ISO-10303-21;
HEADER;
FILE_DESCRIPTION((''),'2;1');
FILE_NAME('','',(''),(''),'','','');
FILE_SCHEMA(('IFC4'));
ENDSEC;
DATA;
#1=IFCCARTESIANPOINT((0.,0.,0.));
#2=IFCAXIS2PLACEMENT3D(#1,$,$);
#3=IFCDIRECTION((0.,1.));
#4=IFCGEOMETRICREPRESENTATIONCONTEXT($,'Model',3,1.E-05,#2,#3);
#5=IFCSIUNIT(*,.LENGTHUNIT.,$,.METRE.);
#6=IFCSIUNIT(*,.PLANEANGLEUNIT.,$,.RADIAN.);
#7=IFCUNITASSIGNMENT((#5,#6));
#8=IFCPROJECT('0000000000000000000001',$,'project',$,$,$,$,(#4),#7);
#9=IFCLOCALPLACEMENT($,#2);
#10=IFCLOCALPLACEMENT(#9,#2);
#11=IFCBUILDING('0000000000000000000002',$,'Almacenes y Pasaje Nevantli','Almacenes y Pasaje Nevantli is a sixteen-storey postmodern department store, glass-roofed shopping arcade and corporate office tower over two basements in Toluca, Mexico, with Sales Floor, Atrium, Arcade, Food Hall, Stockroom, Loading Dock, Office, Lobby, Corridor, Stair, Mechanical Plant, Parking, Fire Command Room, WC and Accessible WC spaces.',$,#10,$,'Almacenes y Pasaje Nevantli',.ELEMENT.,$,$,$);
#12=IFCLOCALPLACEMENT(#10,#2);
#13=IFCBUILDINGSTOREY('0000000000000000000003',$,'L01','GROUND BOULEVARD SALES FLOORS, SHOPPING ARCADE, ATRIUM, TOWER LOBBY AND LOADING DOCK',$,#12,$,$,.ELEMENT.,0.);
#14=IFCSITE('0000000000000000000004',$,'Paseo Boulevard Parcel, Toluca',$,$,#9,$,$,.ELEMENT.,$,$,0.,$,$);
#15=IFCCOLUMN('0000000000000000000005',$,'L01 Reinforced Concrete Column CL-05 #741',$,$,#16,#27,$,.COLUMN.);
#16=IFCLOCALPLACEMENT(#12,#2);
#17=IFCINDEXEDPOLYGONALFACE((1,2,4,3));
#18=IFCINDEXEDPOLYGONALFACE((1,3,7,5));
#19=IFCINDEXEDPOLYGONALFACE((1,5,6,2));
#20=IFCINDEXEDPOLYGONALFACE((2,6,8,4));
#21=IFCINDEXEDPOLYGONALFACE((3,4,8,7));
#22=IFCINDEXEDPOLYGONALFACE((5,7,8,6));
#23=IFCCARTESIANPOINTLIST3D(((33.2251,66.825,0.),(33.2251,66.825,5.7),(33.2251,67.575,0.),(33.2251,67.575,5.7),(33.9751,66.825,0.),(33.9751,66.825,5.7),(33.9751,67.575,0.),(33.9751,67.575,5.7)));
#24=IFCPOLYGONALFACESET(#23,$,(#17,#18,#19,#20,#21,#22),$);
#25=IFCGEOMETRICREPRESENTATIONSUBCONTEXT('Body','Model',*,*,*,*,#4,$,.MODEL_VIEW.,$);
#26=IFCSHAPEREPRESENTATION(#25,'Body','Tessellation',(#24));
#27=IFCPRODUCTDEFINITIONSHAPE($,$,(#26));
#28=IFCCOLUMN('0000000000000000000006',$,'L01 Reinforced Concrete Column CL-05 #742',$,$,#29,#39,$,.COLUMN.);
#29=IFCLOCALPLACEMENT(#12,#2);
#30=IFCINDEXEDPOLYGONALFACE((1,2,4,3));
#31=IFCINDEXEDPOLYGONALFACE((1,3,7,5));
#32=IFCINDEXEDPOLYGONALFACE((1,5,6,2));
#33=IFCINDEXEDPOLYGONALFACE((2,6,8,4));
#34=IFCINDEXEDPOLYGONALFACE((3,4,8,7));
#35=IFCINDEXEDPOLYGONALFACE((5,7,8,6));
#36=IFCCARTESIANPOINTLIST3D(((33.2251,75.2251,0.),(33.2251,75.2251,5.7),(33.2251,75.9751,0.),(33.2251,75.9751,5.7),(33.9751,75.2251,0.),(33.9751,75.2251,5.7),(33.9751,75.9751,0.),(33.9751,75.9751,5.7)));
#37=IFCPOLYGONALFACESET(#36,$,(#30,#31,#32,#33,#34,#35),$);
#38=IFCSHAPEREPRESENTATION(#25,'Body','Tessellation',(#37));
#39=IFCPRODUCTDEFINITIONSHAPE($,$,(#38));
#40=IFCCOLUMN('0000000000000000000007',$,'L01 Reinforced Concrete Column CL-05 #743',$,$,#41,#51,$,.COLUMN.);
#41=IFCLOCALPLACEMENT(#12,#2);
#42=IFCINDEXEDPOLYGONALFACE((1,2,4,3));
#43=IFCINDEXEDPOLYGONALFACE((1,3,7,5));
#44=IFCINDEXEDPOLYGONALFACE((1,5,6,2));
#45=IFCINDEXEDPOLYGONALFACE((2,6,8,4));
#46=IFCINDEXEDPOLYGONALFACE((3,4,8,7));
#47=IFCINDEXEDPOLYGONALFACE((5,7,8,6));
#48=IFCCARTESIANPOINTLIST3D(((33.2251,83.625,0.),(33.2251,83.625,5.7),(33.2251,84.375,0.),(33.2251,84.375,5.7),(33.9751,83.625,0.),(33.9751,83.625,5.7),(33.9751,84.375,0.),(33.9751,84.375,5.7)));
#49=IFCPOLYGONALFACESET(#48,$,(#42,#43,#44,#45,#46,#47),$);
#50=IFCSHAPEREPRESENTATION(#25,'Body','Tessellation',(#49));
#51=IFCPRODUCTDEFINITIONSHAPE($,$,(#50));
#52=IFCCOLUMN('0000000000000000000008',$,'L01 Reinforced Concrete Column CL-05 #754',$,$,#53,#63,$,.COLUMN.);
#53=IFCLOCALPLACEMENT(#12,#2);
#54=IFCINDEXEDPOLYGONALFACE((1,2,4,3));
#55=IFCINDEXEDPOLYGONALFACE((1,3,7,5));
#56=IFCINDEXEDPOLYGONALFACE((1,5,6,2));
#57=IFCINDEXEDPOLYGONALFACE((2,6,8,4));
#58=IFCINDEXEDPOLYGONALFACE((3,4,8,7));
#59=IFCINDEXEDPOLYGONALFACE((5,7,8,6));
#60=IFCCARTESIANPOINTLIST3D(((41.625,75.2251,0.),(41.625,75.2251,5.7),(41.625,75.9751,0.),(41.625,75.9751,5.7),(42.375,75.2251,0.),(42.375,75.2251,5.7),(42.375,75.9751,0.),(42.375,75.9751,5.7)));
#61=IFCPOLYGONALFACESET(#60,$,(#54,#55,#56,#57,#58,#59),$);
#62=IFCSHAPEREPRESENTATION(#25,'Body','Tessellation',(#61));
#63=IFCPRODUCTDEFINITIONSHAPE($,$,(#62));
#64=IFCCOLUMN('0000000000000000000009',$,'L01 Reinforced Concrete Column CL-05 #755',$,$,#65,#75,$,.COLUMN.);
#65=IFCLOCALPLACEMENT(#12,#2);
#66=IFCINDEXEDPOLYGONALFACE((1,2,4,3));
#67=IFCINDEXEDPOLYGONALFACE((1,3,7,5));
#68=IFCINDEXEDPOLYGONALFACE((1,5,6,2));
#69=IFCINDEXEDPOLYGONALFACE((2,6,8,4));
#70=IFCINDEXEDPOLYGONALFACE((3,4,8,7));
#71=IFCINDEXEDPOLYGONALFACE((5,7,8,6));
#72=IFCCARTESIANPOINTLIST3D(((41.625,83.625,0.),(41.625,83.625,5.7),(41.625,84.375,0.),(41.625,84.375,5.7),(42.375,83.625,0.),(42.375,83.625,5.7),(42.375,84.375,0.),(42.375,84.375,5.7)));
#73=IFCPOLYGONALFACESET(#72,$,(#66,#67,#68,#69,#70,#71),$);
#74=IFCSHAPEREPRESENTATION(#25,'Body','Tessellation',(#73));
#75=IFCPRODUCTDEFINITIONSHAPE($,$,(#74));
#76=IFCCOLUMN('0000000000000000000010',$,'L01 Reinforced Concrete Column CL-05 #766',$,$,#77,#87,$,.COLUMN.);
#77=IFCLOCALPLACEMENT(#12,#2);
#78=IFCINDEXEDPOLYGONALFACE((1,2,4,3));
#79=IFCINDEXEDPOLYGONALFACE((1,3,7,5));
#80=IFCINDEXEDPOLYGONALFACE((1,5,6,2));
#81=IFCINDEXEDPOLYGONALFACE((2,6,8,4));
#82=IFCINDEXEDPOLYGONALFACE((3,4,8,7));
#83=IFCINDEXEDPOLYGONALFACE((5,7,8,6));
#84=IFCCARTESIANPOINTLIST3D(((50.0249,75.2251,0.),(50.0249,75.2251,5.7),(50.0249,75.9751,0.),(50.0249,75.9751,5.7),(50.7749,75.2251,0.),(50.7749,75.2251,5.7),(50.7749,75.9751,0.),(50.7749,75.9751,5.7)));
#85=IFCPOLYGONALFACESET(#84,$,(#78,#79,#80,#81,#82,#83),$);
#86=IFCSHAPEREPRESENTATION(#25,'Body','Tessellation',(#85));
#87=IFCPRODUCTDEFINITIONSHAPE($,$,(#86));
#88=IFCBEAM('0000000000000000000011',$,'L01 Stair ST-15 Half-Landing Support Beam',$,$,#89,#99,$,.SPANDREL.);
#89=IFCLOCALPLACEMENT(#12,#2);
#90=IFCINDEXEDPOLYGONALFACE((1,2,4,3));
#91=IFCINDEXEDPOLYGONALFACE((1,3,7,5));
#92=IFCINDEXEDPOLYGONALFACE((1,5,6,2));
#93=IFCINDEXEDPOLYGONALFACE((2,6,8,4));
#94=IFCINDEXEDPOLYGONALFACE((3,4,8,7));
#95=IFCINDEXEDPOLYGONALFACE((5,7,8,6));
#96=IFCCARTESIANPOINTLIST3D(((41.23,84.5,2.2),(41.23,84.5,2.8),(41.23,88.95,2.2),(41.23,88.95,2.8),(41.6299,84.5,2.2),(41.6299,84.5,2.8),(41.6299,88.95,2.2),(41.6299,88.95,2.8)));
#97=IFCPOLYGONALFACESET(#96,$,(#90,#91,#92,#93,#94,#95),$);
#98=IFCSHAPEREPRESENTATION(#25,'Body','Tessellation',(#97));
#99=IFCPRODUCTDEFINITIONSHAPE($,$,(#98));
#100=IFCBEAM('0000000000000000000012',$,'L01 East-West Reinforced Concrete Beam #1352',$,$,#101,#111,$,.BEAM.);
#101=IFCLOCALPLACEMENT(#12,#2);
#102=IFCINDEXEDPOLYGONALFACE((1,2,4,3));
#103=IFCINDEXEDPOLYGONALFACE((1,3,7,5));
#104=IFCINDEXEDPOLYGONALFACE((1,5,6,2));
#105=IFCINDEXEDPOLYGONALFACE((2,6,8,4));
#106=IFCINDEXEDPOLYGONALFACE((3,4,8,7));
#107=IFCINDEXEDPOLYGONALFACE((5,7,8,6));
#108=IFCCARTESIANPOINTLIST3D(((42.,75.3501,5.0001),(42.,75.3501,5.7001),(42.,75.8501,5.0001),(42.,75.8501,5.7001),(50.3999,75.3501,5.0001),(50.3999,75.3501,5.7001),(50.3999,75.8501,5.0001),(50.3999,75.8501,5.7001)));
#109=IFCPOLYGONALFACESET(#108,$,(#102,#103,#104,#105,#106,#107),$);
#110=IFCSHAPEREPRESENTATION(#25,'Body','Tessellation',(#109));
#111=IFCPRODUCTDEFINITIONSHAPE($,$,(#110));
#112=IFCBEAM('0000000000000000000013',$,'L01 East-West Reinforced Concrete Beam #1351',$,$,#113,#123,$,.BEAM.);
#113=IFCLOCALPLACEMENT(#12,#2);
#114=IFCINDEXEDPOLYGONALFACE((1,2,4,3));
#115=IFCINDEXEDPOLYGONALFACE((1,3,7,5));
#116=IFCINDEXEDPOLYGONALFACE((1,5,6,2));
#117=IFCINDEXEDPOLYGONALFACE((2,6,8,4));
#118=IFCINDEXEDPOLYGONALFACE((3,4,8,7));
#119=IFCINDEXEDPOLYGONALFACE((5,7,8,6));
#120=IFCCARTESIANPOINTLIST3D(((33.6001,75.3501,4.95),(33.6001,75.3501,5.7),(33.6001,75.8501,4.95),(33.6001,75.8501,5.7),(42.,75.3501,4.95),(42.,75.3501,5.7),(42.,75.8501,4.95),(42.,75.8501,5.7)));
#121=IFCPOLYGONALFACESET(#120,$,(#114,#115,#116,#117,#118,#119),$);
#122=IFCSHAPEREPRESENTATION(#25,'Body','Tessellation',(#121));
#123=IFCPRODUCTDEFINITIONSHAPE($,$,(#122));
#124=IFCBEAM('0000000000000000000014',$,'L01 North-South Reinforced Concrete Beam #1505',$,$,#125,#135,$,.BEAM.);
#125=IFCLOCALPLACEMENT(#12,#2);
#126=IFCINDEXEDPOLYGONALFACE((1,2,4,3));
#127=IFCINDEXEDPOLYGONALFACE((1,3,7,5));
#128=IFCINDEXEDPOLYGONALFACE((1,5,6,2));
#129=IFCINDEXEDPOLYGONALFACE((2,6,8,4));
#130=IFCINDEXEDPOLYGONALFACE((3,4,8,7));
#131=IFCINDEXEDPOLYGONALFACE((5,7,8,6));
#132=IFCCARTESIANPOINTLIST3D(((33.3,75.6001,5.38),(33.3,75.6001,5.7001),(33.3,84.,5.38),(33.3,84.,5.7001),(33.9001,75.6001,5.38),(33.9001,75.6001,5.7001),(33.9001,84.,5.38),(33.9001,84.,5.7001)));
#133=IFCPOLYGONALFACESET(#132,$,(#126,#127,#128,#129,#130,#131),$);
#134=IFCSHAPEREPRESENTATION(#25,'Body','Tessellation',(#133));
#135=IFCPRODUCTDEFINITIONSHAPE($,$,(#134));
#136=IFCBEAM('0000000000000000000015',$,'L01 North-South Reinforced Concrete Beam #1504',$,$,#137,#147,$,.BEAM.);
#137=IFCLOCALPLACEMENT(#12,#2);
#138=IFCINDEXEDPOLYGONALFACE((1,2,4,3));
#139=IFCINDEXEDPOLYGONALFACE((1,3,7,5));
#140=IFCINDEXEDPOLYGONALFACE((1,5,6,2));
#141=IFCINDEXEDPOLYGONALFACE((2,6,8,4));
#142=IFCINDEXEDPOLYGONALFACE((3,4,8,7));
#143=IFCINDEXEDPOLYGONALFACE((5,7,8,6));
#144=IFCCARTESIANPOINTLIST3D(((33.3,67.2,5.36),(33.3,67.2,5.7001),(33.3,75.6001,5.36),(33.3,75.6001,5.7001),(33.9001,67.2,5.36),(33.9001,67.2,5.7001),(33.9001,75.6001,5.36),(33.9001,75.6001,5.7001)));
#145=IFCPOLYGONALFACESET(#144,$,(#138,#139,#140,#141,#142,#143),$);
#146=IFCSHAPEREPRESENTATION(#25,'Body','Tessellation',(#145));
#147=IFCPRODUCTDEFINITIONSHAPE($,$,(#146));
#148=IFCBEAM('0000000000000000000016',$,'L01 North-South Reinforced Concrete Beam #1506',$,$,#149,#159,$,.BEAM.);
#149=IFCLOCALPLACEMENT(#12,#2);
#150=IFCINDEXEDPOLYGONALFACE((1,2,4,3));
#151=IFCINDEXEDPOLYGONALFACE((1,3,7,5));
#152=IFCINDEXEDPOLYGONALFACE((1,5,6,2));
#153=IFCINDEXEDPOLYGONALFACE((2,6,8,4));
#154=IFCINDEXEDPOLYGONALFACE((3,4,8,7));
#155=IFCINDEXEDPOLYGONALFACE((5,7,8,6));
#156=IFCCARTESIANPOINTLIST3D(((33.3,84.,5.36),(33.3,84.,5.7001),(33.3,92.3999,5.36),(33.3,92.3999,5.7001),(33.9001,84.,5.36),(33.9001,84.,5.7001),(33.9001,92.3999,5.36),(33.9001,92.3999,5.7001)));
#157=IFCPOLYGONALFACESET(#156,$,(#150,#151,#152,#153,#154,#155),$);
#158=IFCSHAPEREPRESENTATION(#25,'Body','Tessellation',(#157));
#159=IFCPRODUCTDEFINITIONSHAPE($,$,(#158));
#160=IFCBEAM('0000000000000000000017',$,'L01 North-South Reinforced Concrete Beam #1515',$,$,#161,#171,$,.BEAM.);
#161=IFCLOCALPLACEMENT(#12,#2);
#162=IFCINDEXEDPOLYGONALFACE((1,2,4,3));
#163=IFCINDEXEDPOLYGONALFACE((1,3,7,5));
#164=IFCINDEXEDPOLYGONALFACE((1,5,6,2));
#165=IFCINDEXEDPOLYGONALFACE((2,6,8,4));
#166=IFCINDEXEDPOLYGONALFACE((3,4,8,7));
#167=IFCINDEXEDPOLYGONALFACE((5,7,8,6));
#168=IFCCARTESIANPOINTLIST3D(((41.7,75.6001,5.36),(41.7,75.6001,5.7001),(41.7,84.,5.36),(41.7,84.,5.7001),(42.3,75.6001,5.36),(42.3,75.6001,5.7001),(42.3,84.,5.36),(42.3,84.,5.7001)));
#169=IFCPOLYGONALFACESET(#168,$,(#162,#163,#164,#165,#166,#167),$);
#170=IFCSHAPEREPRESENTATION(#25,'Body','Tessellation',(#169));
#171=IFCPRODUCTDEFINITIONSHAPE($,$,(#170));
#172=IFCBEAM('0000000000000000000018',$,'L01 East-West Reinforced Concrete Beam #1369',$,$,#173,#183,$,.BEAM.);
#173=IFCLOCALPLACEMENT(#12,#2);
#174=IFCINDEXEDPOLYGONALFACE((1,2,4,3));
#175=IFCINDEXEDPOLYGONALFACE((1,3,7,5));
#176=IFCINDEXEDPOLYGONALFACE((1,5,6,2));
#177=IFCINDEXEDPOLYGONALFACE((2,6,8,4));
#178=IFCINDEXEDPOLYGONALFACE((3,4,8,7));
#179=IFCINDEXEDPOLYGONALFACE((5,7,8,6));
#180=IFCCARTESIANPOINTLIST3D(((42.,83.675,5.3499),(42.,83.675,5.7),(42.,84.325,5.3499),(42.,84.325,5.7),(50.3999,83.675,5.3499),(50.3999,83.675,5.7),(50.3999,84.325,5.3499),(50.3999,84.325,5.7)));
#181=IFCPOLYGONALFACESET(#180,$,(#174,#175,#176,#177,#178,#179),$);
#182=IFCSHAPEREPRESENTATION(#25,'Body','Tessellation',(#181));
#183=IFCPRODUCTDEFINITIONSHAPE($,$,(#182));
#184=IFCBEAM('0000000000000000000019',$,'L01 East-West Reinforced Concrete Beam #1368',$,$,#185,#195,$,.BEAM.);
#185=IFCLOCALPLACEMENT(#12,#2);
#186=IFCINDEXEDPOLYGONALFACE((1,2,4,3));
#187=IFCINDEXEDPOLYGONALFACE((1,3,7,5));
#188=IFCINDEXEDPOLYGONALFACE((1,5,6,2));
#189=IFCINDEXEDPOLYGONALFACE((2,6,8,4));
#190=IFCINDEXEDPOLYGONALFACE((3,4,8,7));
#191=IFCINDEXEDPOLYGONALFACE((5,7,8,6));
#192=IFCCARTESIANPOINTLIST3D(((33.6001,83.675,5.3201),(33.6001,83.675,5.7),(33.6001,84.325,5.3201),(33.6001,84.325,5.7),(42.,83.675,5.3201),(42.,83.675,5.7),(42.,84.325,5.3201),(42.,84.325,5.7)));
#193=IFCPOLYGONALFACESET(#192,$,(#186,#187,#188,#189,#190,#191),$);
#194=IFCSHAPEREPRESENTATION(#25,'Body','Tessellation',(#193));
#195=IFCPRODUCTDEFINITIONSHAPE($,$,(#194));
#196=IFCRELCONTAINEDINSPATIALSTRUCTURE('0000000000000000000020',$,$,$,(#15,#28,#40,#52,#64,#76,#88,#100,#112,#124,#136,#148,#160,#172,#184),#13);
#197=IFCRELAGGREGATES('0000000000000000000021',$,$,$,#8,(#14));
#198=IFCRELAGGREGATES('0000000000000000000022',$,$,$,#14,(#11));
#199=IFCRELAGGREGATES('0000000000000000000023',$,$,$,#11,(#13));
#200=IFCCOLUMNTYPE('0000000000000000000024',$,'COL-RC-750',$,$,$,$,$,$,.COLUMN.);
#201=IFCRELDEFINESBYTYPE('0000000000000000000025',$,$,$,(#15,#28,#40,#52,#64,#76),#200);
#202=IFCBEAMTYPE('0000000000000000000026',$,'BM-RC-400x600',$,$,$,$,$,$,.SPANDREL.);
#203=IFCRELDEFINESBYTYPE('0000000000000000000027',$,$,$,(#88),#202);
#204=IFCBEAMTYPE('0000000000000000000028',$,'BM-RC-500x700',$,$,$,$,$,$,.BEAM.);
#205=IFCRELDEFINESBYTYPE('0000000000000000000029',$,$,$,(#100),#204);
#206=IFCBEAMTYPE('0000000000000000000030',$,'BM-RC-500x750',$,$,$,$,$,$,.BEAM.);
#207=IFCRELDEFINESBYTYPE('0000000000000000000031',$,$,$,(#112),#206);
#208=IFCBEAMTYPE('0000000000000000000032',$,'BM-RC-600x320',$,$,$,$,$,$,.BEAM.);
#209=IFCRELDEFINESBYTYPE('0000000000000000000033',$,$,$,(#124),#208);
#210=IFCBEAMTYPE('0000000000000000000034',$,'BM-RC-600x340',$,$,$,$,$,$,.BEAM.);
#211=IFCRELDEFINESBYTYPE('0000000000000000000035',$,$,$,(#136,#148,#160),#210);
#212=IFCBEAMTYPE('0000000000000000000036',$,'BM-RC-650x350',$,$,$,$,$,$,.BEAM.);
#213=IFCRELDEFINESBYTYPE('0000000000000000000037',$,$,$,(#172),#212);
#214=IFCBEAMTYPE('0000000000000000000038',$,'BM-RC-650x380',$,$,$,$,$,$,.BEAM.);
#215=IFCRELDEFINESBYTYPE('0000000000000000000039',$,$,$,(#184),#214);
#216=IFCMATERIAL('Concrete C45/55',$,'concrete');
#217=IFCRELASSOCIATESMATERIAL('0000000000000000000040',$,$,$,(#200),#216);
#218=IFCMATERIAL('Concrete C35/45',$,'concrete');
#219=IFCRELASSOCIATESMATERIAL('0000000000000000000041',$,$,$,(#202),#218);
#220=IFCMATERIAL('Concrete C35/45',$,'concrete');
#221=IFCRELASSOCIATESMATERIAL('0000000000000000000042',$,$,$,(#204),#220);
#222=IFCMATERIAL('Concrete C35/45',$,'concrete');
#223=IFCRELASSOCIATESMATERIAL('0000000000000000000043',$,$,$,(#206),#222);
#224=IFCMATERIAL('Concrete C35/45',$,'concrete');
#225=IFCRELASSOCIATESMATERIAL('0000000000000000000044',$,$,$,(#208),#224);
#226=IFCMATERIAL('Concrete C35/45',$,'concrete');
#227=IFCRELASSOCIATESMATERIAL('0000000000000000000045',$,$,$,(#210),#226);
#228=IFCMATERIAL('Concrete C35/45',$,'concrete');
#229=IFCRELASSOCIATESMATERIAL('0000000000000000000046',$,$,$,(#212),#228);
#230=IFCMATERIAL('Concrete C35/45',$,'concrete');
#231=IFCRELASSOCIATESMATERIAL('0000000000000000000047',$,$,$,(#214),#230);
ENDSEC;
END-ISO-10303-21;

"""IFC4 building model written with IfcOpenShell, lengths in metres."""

from ifc_helpers import new_model, si_unit, direction, frame, origin, origin_2d, place, context, subcontext, project, spatial, rectangle, extrude, material, material_profile, profile_set, type_object, element, save


model = new_model("IFC4")

# Units and contexts
model_context = context("Model", 3, precision=1e-05, world=origin(), true_north=direction((0.0, 1.0)))
body_context = subcontext(model_context, "Body", "Model", "MODEL_VIEW")
ifc_project = project(units=[si_unit("LENGTHUNIT", "METRE"), si_unit("PLANEANGLEUNIT", "RADIAN")], contexts=[model_context])

# Site, building, storey
site_placement = place(None, origin())
site = spatial("IfcSite", under=ifc_project, at=site_placement, Name="Paseo Boulevard Parcel, Toluca", CompositionType="ELEMENT", RefElevation=0.0)
building_placement = place(site_placement, origin())
building = spatial("IfcBuilding", under=site, at=building_placement, Name="Almacenes y Pasaje Nevantli", Description="Almacenes y Pasaje Nevantli is a sixteen-storey postmodern department store, glass-roofed shopping arcade and corporate office tower over two basements in Toluca, Mexico, with Sales Floor, Atrium, Arcade, Food Hall, Stockroom, Loading Dock, Office, Lobby, Corridor, Stair, Mechanical Plant, Parking, Fire Command Room, WC and Accessible WC spaces.", LongName="Almacenes y Pasaje Nevantli", CompositionType="ELEMENT")
storey_placement = place(building_placement, origin())
storey = spatial("IfcBuildingStorey", under=building, at=storey_placement, Name="L01", Description="GROUND BOULEVARD SALES FLOORS, SHOPPING ARCADE, ATRIUM, TOWER LOBBY AND LOADING DOCK", CompositionType="ELEMENT", Elevation=0.0)

# Columns
ifc_material_1 = material(Name="Concrete C45/55", Category="concrete")
ifc_material_profile_1 = material_profile(ifc_material_1, rectangle(XDim=0.75, YDim=0.75, at=origin_2d()), Name="RC-COL-750x750")
ifc_profile_set_1 = profile_set([ifc_material_profile_1], Name="Concrete C45/55")
column_type = type_object("IfcColumnType", Name="COL-RC-750", PredefinedType="COLUMN", material=ifc_profile_set_1)
for number, where, z_axis, x_axis, name in (
    (1, (33.6001, 67.2, 0.0), (0.0, 0.0, 1.0), (1.0, 0.0, 0.0), "L01 Reinforced Concrete Column CL-05 #741"),
    (2, (33.6001, 75.6001, 0.0), (0.0, 0.0, 1.0), (1.0, 0.0, 0.0), "L01 Reinforced Concrete Column CL-05 #742"),
    (3, (33.6001, 84.0, 0.0), (0.0, 0.0, 1.0), (1.0, 0.0, 0.0), "L01 Reinforced Concrete Column CL-05 #743"),
    (4, (42.0, 75.6001, 0.0), (0.0, 0.0, 1.0), (1.0, 0.0, 0.0), "L01 Reinforced Concrete Column CL-05 #754"),
    (5, (42.0, 84.0, 0.0), (0.0, 0.0, 1.0), (1.0, 0.0, 0.0), "L01 Reinforced Concrete Column CL-05 #755"),
    (6, (50.3999, 75.6001, 0.0), (0.0, 0.0, 1.0), (1.0, 0.0, 0.0), "L01 Reinforced Concrete Column CL-05 #766"),
):
    element("IfcColumn", number, at=place(storey_placement, frame(where, z_axis=z_axis, x_axis=x_axis)), inside=storey, type_object=column_type, Name=name, PredefinedType="COLUMN", context=body_context, shape_type="SweptSolid", body=[
        extrude(rectangle(XDim=0.75, YDim=0.75, at=origin_2d()), origin(), (0.0, 0.0, 1.0), 5.7),
    ])

# Beams
ifc_material_2 = material(Name="Concrete C35/45", Category="concrete")
ifc_material_profile_2 = material_profile(ifc_material_2, rectangle(XDim=0.3999, YDim=0.6001, at=origin_2d()), Name="RC-BM-400x600")
ifc_profile_set_2 = profile_set([ifc_material_profile_2], Name="Concrete C35/45")
beam_type_1 = type_object("IfcBeamType", Name="BM-RC-400x600", PredefinedType="SPANDREL", material=ifc_profile_set_2)
beam_1_placement = place(storey_placement, frame((41.4299, 84.5, 2.5), z_axis=(0.0, 1.0, 0.0), x_axis=(-1.0, 0.0, 0.0)))
element("IfcBeam", 7, at=beam_1_placement, inside=storey, type_object=beam_type_1, Name="L01 Stair ST-15 Half-Landing Support Beam", PredefinedType="SPANDREL", context=body_context, shape_type="SweptSolid", body=[
    extrude(rectangle(XDim=0.3999, YDim=0.6001, at=origin_2d()), origin(), (0.0, 0.0, 1.0), 4.45),
])
ifc_material_3 = material(Name="Concrete C35/45", Category="concrete")
ifc_material_profile_3 = material_profile(ifc_material_3, rectangle(XDim=0.5, YDim=0.7, at=origin_2d()), Name="RC-BM-500x700")
ifc_profile_set_3 = profile_set([ifc_material_profile_3], Name="Concrete C35/45")
beam_type_2 = type_object("IfcBeamType", Name="BM-RC-500x700", PredefinedType="BEAM", material=ifc_profile_set_3)
beam_2_placement = place(storey_placement, frame((42.0, 75.6001, 5.3501), z_axis=(1.0, 0.0, 0.0), x_axis=(0.0, 1.0, 0.0)))
element("IfcBeam", 8, at=beam_2_placement, inside=storey, type_object=beam_type_2, Name="L01 East-West Reinforced Concrete Beam #1352", PredefinedType="BEAM", context=body_context, shape_type="SweptSolid", body=[
    extrude(rectangle(XDim=0.5, YDim=0.7, at=origin_2d()), origin(), (0.0, 0.0, 1.0), 8.3999),
])
ifc_material_4 = material(Name="Concrete C35/45", Category="concrete")
ifc_material_profile_4 = material_profile(ifc_material_4, rectangle(XDim=0.5, YDim=0.75, at=origin_2d()), Name="RC-BM-500x750")
ifc_profile_set_4 = profile_set([ifc_material_profile_4], Name="Concrete C35/45")
beam_type_3 = type_object("IfcBeamType", Name="BM-RC-500x750", PredefinedType="BEAM", material=ifc_profile_set_4)
beam_3_placement = place(storey_placement, frame((33.6001, 75.6001, 5.325), z_axis=(1.0, 0.0, 0.0), x_axis=(0.0, 1.0, 0.0)))
element("IfcBeam", 9, at=beam_3_placement, inside=storey, type_object=beam_type_3, Name="L01 East-West Reinforced Concrete Beam #1351", PredefinedType="BEAM", context=body_context, shape_type="SweptSolid", body=[
    extrude(rectangle(XDim=0.5, YDim=0.75, at=origin_2d()), origin(), (0.0, 0.0, 1.0), 8.3999),
])
ifc_material_5 = material(Name="Concrete C35/45", Category="concrete")
ifc_material_profile_5 = material_profile(ifc_material_5, rectangle(XDim=0.6001, YDim=0.3201, at=origin_2d()), Name="RC-BM-600x320")
ifc_profile_set_5 = profile_set([ifc_material_profile_5], Name="Concrete C35/45")
beam_type_4 = type_object("IfcBeamType", Name="BM-RC-600x320", PredefinedType="BEAM", material=ifc_profile_set_5)
beam_4_placement = place(storey_placement, frame((33.6001, 75.6001, 5.54), z_axis=(0.0, 1.0, 0.0), x_axis=(-1.0, 0.0, 0.0)))
element("IfcBeam", 10, at=beam_4_placement, inside=storey, type_object=beam_type_4, Name="L01 North-South Reinforced Concrete Beam #1505", PredefinedType="BEAM", context=body_context, shape_type="SweptSolid", body=[
    extrude(rectangle(XDim=0.6001, YDim=0.3201, at=origin_2d()), origin(), (0.0, 0.0, 1.0), 8.3999),
])
ifc_material_6 = material(Name="Concrete C35/45", Category="concrete")
ifc_material_profile_6 = material_profile(ifc_material_6, rectangle(XDim=0.6001, YDim=0.3401, at=origin_2d()), Name="RC-BM-600x340")
ifc_profile_set_6 = profile_set([ifc_material_profile_6], Name="Concrete C35/45")
beam_type_5 = type_object("IfcBeamType", Name="BM-RC-600x340", PredefinedType="BEAM", material=ifc_profile_set_6)
beam_5_placement = place(storey_placement, frame((33.6001, 67.2, 5.53), z_axis=(0.0, 1.0, 0.0), x_axis=(-1.0, 0.0, 0.0)))
element("IfcBeam", 11, at=beam_5_placement, inside=storey, type_object=beam_type_5, Name="L01 North-South Reinforced Concrete Beam #1504", PredefinedType="BEAM", context=body_context, shape_type="SweptSolid", body=[
    extrude(rectangle(XDim=0.6001, YDim=0.3401, at=origin_2d()), origin(), (0.0, 0.0, 1.0), 8.4001),
])
for number, where, z_axis, x_axis, name in (
    (12, (33.6001, 84.0, 5.53), (0.0, 1.0, 0.0), (-1.0, 0.0, 0.0), "L01 North-South Reinforced Concrete Beam #1506"),
    (13, (42.0, 75.6001, 5.53), (0.0, 1.0, 0.0), (-1.0, 0.0, 0.0), "L01 North-South Reinforced Concrete Beam #1515"),
):
    element("IfcBeam", number, at=place(storey_placement, frame(where, z_axis=z_axis, x_axis=x_axis)), inside=storey, type_object=beam_type_5, Name=name, PredefinedType="BEAM", context=body_context, shape_type="SweptSolid", body=[
        extrude(rectangle(XDim=0.6001, YDim=0.3401, at=origin_2d()), origin(), (0.0, 0.0, 1.0), 8.3999),
    ])
ifc_material_7 = material(Name="Concrete C35/45", Category="concrete")
ifc_material_profile_7 = material_profile(ifc_material_7, rectangle(XDim=0.6499, YDim=0.3501, at=origin_2d()), Name="RC-BM-650x350")
ifc_profile_set_7 = profile_set([ifc_material_profile_7], Name="Concrete C35/45")
beam_type_6 = type_object("IfcBeamType", Name="BM-RC-650x350", PredefinedType="BEAM", material=ifc_profile_set_7)
beam_6_placement = place(storey_placement, frame((42.0, 84.0, 5.5249), z_axis=(1.0, 0.0, 0.0), x_axis=(0.0, 1.0, 0.0)))
element("IfcBeam", 14, at=beam_6_placement, inside=storey, type_object=beam_type_6, Name="L01 East-West Reinforced Concrete Beam #1369", PredefinedType="BEAM", context=body_context, shape_type="SweptSolid", body=[
    extrude(rectangle(XDim=0.6499, YDim=0.3501, at=origin_2d()), origin(), (0.0, 0.0, 1.0), 8.3999),
])
ifc_material_8 = material(Name="Concrete C35/45", Category="concrete")
ifc_material_profile_8 = material_profile(ifc_material_8, rectangle(XDim=0.6499, YDim=0.3799, at=origin_2d()), Name="RC-BM-650x380")
ifc_profile_set_8 = profile_set([ifc_material_profile_8], Name="Concrete C35/45")
beam_type_7 = type_object("IfcBeamType", Name="BM-RC-650x380", PredefinedType="BEAM", material=ifc_profile_set_8)
beam_7_placement = place(storey_placement, frame((33.6001, 84.0, 5.51), z_axis=(1.0, 0.0, 0.0), x_axis=(0.0, 1.0, 0.0)))
element("IfcBeam", 15, at=beam_7_placement, inside=storey, type_object=beam_type_7, Name="L01 East-West Reinforced Concrete Beam #1368", PredefinedType="BEAM", context=body_context, shape_type="SweptSolid", body=[
    extrude(rectangle(XDim=0.6499, YDim=0.3799, at=origin_2d()), origin(), (0.0, 0.0, 1.0), 8.3999),
])

save(model, "model.ifc")
